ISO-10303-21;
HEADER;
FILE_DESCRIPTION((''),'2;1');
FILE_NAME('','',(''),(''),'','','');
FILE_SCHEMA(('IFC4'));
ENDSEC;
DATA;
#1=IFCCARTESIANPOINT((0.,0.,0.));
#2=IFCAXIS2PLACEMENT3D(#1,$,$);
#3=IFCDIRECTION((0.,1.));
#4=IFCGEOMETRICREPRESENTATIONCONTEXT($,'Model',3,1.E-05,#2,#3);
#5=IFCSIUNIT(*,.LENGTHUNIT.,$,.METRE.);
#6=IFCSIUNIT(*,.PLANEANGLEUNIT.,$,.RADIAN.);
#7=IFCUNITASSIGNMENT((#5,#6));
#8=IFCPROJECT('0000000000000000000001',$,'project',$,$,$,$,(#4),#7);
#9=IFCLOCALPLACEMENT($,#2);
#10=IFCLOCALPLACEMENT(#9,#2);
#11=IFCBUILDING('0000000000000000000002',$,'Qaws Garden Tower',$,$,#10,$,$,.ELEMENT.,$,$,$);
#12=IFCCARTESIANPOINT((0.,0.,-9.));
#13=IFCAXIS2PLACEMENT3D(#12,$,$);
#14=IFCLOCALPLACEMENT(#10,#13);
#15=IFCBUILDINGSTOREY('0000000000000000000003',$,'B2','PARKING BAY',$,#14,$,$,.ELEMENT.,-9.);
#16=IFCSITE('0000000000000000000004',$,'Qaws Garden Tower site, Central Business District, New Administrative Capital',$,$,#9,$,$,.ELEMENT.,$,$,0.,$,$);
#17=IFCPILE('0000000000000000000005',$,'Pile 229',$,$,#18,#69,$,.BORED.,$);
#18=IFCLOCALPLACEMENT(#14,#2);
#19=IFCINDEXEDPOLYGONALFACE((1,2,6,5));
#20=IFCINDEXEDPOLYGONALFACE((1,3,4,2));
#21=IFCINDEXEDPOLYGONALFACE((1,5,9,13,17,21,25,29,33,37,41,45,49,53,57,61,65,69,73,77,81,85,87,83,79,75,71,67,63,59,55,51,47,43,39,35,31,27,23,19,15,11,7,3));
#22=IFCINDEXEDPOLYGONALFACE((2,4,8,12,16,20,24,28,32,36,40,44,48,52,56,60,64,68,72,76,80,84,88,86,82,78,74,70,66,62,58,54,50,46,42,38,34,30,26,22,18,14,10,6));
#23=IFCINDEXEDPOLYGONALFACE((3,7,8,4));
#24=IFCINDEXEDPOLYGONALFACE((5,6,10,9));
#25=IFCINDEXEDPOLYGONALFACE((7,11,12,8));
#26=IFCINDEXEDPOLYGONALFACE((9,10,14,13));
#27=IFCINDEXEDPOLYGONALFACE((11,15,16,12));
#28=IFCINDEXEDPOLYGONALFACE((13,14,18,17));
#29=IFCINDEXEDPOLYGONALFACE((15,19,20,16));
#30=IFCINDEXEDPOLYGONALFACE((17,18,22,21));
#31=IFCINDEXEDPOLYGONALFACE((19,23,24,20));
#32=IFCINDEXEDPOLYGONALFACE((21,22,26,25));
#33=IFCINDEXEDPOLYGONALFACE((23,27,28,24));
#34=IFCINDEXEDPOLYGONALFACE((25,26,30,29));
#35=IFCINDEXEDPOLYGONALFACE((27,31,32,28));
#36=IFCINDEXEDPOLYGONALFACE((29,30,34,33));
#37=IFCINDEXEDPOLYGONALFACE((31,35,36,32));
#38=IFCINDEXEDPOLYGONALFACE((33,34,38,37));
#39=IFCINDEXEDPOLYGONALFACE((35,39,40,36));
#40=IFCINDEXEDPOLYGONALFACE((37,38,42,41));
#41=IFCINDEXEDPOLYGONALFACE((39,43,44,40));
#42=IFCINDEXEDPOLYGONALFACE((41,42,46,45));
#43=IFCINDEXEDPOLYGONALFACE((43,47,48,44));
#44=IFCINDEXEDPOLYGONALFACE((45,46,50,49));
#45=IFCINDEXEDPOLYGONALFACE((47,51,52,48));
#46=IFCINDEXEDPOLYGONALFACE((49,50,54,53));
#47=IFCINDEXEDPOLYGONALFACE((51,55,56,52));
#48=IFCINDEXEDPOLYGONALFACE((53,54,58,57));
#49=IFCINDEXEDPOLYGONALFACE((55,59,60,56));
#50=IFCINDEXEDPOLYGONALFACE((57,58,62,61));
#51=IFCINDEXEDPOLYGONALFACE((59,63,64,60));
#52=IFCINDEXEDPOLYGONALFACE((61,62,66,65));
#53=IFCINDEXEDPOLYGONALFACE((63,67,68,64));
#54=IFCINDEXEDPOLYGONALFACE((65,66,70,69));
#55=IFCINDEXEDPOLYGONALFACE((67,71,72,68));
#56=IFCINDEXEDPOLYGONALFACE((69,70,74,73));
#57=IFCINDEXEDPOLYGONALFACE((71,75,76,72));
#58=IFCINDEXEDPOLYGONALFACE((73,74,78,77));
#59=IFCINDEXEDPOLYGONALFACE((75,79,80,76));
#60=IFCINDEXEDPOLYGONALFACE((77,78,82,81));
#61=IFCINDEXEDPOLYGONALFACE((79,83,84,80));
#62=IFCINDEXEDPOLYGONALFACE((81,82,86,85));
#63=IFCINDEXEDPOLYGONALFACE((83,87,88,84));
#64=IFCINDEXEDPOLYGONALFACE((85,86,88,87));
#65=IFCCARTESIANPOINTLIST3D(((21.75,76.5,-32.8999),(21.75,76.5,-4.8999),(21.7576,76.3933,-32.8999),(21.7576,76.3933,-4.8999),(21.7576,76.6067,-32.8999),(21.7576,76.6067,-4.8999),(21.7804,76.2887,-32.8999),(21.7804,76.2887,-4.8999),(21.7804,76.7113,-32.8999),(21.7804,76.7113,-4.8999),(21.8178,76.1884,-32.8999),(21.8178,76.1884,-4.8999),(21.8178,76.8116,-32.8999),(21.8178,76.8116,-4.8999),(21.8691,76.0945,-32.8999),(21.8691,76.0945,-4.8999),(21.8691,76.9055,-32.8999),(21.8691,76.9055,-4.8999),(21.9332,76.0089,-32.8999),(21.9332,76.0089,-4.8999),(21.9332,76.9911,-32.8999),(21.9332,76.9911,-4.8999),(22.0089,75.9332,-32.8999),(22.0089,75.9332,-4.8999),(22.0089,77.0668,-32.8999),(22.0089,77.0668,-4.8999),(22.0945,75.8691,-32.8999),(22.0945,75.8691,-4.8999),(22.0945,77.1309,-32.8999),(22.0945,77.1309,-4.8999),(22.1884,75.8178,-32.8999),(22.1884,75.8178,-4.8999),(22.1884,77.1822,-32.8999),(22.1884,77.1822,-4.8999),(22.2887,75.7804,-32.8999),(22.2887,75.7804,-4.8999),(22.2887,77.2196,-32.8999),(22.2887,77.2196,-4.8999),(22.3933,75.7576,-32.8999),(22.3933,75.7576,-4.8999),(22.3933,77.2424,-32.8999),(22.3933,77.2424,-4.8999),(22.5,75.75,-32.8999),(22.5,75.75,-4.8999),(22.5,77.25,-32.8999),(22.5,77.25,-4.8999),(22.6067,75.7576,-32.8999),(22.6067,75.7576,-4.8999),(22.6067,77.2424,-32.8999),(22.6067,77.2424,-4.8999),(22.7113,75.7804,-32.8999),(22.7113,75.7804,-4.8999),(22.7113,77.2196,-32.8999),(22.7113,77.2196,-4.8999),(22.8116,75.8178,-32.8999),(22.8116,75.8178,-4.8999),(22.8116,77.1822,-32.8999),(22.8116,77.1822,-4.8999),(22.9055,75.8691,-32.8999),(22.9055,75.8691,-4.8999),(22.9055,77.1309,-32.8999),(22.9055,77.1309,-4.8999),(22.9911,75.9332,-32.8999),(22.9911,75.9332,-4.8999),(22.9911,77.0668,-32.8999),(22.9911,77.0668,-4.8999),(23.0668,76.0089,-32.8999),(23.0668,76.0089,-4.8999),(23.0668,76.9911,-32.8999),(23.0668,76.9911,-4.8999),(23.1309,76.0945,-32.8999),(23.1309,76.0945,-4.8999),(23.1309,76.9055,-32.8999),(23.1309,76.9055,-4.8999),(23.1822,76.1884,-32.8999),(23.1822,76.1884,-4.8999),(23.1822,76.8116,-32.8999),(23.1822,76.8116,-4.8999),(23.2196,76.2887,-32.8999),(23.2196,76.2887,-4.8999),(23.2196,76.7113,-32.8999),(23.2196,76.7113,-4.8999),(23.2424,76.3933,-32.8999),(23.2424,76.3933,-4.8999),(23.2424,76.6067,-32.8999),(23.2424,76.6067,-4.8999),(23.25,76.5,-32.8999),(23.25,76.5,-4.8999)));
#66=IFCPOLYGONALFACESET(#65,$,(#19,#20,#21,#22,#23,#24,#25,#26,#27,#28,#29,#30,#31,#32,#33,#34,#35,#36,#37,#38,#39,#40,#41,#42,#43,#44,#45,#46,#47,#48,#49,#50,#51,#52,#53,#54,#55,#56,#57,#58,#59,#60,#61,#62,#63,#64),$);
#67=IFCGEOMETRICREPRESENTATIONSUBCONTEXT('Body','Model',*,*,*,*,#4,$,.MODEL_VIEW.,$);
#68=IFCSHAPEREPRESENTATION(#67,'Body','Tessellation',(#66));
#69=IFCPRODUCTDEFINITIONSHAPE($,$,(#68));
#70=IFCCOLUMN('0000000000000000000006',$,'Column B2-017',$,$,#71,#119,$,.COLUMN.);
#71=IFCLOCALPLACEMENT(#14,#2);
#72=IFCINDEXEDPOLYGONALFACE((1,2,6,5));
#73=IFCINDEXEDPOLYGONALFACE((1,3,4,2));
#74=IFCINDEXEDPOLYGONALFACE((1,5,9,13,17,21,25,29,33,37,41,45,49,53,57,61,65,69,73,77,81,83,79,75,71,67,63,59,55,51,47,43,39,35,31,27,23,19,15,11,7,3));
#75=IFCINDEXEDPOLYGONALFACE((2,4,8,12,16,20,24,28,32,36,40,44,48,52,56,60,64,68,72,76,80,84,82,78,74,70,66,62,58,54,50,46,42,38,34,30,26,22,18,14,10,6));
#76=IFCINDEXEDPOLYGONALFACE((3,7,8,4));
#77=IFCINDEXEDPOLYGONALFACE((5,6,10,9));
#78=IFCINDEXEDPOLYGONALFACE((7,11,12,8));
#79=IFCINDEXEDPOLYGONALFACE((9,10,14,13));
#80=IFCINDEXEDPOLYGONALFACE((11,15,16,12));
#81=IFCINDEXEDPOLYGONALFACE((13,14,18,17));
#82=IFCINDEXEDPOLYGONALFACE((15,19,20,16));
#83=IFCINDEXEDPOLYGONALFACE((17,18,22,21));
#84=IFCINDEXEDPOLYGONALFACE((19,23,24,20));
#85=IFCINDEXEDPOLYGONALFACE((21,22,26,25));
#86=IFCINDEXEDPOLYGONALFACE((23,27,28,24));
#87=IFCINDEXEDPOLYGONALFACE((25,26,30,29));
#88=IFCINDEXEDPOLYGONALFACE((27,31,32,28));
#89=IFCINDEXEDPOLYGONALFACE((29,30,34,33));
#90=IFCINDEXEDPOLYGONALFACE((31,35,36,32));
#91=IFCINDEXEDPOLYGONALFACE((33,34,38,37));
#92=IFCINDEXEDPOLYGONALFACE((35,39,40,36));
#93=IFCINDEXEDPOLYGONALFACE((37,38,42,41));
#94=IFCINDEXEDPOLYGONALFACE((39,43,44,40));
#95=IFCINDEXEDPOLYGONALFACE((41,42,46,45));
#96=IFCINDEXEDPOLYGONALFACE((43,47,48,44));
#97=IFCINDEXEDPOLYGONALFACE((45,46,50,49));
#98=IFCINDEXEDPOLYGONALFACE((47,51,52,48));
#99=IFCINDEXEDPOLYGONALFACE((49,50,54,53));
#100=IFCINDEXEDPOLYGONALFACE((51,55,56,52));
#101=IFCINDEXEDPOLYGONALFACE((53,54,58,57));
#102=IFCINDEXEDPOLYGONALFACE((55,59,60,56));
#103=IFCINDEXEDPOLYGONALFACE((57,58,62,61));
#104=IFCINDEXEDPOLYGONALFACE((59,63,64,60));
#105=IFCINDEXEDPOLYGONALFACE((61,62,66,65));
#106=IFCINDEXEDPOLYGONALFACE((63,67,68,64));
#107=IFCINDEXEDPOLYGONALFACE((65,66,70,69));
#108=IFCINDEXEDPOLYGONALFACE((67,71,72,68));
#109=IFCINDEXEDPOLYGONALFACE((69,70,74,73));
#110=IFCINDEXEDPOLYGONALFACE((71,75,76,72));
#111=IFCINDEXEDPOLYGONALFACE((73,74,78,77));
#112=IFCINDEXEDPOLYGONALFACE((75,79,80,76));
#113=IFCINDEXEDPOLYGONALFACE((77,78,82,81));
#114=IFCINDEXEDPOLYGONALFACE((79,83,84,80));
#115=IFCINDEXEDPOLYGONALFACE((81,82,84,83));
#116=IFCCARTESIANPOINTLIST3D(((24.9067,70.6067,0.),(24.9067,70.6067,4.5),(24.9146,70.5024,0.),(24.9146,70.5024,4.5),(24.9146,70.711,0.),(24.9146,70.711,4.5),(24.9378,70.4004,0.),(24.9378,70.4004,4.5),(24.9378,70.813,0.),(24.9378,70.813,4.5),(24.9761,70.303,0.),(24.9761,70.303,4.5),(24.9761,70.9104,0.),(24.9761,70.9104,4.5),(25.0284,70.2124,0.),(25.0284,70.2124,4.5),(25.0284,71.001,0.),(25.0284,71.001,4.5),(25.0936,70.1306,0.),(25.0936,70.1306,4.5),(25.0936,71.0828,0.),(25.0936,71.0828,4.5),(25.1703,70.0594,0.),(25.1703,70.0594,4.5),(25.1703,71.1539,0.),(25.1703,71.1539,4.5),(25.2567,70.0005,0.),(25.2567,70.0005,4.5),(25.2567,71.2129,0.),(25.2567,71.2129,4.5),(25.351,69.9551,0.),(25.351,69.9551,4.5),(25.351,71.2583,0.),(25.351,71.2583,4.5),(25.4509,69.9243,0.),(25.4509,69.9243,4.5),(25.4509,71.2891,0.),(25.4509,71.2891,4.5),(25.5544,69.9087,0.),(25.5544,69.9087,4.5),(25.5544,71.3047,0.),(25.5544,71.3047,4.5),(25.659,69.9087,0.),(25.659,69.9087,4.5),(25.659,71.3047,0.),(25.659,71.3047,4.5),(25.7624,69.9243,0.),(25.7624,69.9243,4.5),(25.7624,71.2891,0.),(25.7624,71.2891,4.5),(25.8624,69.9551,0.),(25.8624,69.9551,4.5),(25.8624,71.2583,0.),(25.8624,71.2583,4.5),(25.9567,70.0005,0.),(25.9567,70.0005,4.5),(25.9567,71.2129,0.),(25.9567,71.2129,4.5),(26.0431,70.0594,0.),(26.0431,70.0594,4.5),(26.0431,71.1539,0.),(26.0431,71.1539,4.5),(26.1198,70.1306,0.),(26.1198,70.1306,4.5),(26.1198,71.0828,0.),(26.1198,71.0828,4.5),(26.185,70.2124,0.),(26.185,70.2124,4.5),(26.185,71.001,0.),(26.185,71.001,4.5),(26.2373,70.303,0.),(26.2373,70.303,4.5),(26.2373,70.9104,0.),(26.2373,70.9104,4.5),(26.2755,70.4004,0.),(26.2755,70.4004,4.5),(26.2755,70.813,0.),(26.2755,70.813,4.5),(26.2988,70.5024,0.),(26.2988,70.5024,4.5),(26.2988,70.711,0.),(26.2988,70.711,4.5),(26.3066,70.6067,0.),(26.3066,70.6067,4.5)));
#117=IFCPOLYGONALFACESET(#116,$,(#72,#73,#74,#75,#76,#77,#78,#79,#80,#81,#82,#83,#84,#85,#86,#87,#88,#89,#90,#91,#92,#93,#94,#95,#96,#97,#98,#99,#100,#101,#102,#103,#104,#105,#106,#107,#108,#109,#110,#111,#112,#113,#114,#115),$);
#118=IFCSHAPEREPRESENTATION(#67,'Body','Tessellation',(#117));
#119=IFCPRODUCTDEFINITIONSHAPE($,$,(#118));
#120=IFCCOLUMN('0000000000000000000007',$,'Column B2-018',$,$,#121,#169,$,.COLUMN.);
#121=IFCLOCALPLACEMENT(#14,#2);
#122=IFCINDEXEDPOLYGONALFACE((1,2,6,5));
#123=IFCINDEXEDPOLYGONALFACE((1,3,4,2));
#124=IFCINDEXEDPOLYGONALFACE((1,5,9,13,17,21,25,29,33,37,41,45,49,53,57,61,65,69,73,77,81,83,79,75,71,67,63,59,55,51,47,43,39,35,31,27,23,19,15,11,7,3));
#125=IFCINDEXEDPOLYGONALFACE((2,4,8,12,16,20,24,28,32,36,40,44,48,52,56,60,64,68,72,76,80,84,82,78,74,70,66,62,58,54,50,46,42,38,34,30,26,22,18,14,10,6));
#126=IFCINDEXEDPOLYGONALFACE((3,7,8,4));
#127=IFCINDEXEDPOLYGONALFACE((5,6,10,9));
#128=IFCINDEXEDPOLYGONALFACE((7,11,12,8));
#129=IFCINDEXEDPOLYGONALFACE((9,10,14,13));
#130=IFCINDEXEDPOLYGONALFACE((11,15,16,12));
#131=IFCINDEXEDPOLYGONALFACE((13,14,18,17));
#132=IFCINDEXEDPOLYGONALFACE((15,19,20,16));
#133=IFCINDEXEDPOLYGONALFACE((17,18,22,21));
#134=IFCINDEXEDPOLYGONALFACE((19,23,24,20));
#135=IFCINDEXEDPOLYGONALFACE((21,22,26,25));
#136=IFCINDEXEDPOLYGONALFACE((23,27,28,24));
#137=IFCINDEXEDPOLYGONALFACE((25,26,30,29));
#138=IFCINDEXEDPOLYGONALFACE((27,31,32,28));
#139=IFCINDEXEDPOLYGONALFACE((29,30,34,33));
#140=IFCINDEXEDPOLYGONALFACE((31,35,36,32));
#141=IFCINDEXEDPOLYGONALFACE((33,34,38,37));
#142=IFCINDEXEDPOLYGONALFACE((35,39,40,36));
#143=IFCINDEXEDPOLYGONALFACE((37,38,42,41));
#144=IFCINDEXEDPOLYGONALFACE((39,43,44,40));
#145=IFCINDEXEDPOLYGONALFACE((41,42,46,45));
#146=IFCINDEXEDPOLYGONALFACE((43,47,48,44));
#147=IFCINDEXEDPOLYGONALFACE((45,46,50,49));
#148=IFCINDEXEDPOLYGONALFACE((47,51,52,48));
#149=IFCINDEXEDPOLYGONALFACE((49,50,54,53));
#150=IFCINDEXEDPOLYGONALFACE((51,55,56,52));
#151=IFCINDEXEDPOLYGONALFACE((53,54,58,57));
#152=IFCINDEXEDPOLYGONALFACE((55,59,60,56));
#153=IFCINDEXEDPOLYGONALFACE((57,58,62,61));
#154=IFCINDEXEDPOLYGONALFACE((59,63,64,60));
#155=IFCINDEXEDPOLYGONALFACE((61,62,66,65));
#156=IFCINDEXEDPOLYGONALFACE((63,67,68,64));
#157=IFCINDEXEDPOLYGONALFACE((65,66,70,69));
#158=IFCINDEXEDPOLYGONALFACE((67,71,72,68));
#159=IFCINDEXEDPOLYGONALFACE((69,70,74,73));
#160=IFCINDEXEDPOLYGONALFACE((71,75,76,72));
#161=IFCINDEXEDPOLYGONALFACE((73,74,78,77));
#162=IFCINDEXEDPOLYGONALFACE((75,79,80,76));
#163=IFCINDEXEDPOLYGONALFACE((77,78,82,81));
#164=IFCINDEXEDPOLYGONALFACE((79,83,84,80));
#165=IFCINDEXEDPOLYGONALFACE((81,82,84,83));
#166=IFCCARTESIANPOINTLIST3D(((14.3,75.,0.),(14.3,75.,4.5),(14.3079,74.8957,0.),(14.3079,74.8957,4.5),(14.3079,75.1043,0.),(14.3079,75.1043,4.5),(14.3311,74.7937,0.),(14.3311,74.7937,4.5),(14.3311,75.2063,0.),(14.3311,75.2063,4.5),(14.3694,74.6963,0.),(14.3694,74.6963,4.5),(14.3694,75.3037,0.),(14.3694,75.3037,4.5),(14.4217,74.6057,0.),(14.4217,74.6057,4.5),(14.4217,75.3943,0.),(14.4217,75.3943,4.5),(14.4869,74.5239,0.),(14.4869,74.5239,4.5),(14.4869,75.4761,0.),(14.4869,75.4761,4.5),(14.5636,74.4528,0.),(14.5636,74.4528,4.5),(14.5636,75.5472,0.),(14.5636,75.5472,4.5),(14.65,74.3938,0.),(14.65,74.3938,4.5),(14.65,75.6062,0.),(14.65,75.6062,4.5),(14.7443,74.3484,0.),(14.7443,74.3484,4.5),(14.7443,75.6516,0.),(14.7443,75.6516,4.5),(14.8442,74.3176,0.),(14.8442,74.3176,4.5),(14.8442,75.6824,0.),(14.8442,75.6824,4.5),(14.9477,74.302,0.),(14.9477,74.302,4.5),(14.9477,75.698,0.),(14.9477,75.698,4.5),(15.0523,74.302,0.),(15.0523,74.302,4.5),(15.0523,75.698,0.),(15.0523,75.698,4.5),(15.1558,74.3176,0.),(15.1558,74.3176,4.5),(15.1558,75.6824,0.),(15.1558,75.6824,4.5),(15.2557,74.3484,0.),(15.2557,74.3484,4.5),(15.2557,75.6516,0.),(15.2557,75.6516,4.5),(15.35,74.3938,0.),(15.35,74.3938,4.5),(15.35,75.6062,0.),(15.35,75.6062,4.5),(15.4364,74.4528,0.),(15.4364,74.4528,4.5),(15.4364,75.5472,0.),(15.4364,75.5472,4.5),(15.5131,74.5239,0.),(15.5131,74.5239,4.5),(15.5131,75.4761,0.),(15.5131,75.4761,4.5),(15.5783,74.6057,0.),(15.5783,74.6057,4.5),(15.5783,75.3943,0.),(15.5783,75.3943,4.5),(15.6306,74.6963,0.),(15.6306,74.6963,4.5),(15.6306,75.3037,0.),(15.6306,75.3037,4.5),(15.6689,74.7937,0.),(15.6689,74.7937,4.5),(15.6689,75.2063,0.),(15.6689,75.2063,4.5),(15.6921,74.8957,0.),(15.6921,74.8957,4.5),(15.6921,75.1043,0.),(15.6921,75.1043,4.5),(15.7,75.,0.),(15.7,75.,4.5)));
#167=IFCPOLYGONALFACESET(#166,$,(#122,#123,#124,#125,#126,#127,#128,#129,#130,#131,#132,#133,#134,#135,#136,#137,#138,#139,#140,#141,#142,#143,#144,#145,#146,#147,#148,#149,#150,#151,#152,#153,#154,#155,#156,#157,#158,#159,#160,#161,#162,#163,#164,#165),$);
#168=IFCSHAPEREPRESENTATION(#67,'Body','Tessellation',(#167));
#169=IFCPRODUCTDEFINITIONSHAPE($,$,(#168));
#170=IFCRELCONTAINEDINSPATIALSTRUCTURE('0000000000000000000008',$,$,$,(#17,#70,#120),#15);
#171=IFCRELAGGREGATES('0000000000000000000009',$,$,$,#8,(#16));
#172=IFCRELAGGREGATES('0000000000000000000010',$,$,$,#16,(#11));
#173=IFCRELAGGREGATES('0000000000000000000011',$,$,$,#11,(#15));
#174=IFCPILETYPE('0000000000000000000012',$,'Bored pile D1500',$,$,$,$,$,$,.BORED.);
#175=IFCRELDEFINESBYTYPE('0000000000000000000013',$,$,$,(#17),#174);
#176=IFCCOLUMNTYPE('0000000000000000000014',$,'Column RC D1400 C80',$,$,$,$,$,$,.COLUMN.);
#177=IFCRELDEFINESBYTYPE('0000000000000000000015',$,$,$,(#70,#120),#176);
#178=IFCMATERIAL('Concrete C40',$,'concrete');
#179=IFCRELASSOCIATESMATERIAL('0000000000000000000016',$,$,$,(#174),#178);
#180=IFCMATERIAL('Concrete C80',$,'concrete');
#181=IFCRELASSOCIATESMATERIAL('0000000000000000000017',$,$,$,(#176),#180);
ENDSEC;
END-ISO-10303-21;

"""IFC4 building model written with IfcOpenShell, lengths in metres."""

from ifc_helpers import new_model, si_unit, direction, frame, origin, origin_2d, place, context, subcontext, project, spatial, circle, extrude, material, material_profile, profile_set, type_object, element, save


model = new_model("IFC4")

# Units and contexts
model_context = context("Model", 3, precision=1e-05, world=origin(), true_north=direction((0.0, 1.0)))
body_context = subcontext(model_context, "Body", "Model", "MODEL_VIEW")
ifc_project = project(units=[si_unit("LENGTHUNIT", "METRE"), si_unit("PLANEANGLEUNIT", "RADIAN")], contexts=[model_context])

# Site, building, storey
site_placement = place(None, origin())
site = spatial("IfcSite", under=ifc_project, at=site_placement, Name="Qaws Garden Tower site, Central Business District, New Administrative Capital", CompositionType="ELEMENT", RefElevation=0.0)
building_placement = place(site_placement, origin())
building = spatial("IfcBuilding", under=site, at=building_placement, Name="Qaws Garden Tower", CompositionType="ELEMENT")
storey_placement = place(building_placement, frame((0.0, 0.0, -9.0)))
storey = spatial("IfcBuildingStorey", under=building, at=storey_placement, Name="B2", Description="PARKING BAY", CompositionType="ELEMENT", Elevation=-9.0)

# Pile
ifc_material_1 = material(Name="Concrete C40", Category="concrete")
ifc_material_profile_1 = material_profile(ifc_material_1, circle(Radius=0.75, at=origin_2d()), Name="Bored pile D1500")
ifc_profile_set_1 = profile_set([ifc_material_profile_1], Name="Concrete C40")
pile_type = type_object("IfcPileType", Name="Bored pile D1500", PredefinedType="BORED", material=ifc_profile_set_1)
for number, where, z_axis, x_axis, name in (
    (1, (22.5, 76.5, -4.8999), (0.0, 0.0, -1.0), (1.0, 0.0, 0.0), "Pile 229"),
):
    element("IfcPile", number, at=place(storey_placement, frame(where, z_axis=z_axis, x_axis=x_axis)), inside=storey, type_object=pile_type, Name=name, PredefinedType="BORED", context=body_context, shape_type="SweptSolid", body=[
        extrude(circle(Radius=0.75, at=origin_2d()), origin(), (0.0, 0.0, 1.0), 28.0),
    ])

# Columns
ifc_material_2 = material(Name="Concrete C80", Category="concrete")
ifc_material_profile_2 = material_profile(ifc_material_2, circle(Radius=0.7, at=origin_2d()), Name="RC D1400")
ifc_profile_set_2 = profile_set([ifc_material_profile_2], Name="Concrete C80")
column_type_1 = type_object("IfcColumnType", Name="Column RC D1400 C80", PredefinedType="COLUMN", material=ifc_profile_set_2)
for number, where, z_axis, x_axis, name in (
    (2, (25.6067, 70.6067, 0.0), (0.0, 0.0, 1.0), (1.0, 0.0, 0.0), "Column B2-017"),
    (3, (15.0, 75.0, 0.0), (0.0, 0.0, 1.0), (1.0, 0.0, 0.0), "Column B2-018"),
):
    element("IfcColumn", number, at=place(storey_placement, frame(where, z_axis=z_axis, x_axis=x_axis)), inside=storey, type_object=column_type_1, Name=name, PredefinedType="COLUMN", context=body_context, shape_type="SweptSolid", body=[
        extrude(circle(Radius=0.7, at=origin_2d()), origin(), (0.0, 0.0, 1.0), 4.5),
    ])

save(model, "model.ifc")
